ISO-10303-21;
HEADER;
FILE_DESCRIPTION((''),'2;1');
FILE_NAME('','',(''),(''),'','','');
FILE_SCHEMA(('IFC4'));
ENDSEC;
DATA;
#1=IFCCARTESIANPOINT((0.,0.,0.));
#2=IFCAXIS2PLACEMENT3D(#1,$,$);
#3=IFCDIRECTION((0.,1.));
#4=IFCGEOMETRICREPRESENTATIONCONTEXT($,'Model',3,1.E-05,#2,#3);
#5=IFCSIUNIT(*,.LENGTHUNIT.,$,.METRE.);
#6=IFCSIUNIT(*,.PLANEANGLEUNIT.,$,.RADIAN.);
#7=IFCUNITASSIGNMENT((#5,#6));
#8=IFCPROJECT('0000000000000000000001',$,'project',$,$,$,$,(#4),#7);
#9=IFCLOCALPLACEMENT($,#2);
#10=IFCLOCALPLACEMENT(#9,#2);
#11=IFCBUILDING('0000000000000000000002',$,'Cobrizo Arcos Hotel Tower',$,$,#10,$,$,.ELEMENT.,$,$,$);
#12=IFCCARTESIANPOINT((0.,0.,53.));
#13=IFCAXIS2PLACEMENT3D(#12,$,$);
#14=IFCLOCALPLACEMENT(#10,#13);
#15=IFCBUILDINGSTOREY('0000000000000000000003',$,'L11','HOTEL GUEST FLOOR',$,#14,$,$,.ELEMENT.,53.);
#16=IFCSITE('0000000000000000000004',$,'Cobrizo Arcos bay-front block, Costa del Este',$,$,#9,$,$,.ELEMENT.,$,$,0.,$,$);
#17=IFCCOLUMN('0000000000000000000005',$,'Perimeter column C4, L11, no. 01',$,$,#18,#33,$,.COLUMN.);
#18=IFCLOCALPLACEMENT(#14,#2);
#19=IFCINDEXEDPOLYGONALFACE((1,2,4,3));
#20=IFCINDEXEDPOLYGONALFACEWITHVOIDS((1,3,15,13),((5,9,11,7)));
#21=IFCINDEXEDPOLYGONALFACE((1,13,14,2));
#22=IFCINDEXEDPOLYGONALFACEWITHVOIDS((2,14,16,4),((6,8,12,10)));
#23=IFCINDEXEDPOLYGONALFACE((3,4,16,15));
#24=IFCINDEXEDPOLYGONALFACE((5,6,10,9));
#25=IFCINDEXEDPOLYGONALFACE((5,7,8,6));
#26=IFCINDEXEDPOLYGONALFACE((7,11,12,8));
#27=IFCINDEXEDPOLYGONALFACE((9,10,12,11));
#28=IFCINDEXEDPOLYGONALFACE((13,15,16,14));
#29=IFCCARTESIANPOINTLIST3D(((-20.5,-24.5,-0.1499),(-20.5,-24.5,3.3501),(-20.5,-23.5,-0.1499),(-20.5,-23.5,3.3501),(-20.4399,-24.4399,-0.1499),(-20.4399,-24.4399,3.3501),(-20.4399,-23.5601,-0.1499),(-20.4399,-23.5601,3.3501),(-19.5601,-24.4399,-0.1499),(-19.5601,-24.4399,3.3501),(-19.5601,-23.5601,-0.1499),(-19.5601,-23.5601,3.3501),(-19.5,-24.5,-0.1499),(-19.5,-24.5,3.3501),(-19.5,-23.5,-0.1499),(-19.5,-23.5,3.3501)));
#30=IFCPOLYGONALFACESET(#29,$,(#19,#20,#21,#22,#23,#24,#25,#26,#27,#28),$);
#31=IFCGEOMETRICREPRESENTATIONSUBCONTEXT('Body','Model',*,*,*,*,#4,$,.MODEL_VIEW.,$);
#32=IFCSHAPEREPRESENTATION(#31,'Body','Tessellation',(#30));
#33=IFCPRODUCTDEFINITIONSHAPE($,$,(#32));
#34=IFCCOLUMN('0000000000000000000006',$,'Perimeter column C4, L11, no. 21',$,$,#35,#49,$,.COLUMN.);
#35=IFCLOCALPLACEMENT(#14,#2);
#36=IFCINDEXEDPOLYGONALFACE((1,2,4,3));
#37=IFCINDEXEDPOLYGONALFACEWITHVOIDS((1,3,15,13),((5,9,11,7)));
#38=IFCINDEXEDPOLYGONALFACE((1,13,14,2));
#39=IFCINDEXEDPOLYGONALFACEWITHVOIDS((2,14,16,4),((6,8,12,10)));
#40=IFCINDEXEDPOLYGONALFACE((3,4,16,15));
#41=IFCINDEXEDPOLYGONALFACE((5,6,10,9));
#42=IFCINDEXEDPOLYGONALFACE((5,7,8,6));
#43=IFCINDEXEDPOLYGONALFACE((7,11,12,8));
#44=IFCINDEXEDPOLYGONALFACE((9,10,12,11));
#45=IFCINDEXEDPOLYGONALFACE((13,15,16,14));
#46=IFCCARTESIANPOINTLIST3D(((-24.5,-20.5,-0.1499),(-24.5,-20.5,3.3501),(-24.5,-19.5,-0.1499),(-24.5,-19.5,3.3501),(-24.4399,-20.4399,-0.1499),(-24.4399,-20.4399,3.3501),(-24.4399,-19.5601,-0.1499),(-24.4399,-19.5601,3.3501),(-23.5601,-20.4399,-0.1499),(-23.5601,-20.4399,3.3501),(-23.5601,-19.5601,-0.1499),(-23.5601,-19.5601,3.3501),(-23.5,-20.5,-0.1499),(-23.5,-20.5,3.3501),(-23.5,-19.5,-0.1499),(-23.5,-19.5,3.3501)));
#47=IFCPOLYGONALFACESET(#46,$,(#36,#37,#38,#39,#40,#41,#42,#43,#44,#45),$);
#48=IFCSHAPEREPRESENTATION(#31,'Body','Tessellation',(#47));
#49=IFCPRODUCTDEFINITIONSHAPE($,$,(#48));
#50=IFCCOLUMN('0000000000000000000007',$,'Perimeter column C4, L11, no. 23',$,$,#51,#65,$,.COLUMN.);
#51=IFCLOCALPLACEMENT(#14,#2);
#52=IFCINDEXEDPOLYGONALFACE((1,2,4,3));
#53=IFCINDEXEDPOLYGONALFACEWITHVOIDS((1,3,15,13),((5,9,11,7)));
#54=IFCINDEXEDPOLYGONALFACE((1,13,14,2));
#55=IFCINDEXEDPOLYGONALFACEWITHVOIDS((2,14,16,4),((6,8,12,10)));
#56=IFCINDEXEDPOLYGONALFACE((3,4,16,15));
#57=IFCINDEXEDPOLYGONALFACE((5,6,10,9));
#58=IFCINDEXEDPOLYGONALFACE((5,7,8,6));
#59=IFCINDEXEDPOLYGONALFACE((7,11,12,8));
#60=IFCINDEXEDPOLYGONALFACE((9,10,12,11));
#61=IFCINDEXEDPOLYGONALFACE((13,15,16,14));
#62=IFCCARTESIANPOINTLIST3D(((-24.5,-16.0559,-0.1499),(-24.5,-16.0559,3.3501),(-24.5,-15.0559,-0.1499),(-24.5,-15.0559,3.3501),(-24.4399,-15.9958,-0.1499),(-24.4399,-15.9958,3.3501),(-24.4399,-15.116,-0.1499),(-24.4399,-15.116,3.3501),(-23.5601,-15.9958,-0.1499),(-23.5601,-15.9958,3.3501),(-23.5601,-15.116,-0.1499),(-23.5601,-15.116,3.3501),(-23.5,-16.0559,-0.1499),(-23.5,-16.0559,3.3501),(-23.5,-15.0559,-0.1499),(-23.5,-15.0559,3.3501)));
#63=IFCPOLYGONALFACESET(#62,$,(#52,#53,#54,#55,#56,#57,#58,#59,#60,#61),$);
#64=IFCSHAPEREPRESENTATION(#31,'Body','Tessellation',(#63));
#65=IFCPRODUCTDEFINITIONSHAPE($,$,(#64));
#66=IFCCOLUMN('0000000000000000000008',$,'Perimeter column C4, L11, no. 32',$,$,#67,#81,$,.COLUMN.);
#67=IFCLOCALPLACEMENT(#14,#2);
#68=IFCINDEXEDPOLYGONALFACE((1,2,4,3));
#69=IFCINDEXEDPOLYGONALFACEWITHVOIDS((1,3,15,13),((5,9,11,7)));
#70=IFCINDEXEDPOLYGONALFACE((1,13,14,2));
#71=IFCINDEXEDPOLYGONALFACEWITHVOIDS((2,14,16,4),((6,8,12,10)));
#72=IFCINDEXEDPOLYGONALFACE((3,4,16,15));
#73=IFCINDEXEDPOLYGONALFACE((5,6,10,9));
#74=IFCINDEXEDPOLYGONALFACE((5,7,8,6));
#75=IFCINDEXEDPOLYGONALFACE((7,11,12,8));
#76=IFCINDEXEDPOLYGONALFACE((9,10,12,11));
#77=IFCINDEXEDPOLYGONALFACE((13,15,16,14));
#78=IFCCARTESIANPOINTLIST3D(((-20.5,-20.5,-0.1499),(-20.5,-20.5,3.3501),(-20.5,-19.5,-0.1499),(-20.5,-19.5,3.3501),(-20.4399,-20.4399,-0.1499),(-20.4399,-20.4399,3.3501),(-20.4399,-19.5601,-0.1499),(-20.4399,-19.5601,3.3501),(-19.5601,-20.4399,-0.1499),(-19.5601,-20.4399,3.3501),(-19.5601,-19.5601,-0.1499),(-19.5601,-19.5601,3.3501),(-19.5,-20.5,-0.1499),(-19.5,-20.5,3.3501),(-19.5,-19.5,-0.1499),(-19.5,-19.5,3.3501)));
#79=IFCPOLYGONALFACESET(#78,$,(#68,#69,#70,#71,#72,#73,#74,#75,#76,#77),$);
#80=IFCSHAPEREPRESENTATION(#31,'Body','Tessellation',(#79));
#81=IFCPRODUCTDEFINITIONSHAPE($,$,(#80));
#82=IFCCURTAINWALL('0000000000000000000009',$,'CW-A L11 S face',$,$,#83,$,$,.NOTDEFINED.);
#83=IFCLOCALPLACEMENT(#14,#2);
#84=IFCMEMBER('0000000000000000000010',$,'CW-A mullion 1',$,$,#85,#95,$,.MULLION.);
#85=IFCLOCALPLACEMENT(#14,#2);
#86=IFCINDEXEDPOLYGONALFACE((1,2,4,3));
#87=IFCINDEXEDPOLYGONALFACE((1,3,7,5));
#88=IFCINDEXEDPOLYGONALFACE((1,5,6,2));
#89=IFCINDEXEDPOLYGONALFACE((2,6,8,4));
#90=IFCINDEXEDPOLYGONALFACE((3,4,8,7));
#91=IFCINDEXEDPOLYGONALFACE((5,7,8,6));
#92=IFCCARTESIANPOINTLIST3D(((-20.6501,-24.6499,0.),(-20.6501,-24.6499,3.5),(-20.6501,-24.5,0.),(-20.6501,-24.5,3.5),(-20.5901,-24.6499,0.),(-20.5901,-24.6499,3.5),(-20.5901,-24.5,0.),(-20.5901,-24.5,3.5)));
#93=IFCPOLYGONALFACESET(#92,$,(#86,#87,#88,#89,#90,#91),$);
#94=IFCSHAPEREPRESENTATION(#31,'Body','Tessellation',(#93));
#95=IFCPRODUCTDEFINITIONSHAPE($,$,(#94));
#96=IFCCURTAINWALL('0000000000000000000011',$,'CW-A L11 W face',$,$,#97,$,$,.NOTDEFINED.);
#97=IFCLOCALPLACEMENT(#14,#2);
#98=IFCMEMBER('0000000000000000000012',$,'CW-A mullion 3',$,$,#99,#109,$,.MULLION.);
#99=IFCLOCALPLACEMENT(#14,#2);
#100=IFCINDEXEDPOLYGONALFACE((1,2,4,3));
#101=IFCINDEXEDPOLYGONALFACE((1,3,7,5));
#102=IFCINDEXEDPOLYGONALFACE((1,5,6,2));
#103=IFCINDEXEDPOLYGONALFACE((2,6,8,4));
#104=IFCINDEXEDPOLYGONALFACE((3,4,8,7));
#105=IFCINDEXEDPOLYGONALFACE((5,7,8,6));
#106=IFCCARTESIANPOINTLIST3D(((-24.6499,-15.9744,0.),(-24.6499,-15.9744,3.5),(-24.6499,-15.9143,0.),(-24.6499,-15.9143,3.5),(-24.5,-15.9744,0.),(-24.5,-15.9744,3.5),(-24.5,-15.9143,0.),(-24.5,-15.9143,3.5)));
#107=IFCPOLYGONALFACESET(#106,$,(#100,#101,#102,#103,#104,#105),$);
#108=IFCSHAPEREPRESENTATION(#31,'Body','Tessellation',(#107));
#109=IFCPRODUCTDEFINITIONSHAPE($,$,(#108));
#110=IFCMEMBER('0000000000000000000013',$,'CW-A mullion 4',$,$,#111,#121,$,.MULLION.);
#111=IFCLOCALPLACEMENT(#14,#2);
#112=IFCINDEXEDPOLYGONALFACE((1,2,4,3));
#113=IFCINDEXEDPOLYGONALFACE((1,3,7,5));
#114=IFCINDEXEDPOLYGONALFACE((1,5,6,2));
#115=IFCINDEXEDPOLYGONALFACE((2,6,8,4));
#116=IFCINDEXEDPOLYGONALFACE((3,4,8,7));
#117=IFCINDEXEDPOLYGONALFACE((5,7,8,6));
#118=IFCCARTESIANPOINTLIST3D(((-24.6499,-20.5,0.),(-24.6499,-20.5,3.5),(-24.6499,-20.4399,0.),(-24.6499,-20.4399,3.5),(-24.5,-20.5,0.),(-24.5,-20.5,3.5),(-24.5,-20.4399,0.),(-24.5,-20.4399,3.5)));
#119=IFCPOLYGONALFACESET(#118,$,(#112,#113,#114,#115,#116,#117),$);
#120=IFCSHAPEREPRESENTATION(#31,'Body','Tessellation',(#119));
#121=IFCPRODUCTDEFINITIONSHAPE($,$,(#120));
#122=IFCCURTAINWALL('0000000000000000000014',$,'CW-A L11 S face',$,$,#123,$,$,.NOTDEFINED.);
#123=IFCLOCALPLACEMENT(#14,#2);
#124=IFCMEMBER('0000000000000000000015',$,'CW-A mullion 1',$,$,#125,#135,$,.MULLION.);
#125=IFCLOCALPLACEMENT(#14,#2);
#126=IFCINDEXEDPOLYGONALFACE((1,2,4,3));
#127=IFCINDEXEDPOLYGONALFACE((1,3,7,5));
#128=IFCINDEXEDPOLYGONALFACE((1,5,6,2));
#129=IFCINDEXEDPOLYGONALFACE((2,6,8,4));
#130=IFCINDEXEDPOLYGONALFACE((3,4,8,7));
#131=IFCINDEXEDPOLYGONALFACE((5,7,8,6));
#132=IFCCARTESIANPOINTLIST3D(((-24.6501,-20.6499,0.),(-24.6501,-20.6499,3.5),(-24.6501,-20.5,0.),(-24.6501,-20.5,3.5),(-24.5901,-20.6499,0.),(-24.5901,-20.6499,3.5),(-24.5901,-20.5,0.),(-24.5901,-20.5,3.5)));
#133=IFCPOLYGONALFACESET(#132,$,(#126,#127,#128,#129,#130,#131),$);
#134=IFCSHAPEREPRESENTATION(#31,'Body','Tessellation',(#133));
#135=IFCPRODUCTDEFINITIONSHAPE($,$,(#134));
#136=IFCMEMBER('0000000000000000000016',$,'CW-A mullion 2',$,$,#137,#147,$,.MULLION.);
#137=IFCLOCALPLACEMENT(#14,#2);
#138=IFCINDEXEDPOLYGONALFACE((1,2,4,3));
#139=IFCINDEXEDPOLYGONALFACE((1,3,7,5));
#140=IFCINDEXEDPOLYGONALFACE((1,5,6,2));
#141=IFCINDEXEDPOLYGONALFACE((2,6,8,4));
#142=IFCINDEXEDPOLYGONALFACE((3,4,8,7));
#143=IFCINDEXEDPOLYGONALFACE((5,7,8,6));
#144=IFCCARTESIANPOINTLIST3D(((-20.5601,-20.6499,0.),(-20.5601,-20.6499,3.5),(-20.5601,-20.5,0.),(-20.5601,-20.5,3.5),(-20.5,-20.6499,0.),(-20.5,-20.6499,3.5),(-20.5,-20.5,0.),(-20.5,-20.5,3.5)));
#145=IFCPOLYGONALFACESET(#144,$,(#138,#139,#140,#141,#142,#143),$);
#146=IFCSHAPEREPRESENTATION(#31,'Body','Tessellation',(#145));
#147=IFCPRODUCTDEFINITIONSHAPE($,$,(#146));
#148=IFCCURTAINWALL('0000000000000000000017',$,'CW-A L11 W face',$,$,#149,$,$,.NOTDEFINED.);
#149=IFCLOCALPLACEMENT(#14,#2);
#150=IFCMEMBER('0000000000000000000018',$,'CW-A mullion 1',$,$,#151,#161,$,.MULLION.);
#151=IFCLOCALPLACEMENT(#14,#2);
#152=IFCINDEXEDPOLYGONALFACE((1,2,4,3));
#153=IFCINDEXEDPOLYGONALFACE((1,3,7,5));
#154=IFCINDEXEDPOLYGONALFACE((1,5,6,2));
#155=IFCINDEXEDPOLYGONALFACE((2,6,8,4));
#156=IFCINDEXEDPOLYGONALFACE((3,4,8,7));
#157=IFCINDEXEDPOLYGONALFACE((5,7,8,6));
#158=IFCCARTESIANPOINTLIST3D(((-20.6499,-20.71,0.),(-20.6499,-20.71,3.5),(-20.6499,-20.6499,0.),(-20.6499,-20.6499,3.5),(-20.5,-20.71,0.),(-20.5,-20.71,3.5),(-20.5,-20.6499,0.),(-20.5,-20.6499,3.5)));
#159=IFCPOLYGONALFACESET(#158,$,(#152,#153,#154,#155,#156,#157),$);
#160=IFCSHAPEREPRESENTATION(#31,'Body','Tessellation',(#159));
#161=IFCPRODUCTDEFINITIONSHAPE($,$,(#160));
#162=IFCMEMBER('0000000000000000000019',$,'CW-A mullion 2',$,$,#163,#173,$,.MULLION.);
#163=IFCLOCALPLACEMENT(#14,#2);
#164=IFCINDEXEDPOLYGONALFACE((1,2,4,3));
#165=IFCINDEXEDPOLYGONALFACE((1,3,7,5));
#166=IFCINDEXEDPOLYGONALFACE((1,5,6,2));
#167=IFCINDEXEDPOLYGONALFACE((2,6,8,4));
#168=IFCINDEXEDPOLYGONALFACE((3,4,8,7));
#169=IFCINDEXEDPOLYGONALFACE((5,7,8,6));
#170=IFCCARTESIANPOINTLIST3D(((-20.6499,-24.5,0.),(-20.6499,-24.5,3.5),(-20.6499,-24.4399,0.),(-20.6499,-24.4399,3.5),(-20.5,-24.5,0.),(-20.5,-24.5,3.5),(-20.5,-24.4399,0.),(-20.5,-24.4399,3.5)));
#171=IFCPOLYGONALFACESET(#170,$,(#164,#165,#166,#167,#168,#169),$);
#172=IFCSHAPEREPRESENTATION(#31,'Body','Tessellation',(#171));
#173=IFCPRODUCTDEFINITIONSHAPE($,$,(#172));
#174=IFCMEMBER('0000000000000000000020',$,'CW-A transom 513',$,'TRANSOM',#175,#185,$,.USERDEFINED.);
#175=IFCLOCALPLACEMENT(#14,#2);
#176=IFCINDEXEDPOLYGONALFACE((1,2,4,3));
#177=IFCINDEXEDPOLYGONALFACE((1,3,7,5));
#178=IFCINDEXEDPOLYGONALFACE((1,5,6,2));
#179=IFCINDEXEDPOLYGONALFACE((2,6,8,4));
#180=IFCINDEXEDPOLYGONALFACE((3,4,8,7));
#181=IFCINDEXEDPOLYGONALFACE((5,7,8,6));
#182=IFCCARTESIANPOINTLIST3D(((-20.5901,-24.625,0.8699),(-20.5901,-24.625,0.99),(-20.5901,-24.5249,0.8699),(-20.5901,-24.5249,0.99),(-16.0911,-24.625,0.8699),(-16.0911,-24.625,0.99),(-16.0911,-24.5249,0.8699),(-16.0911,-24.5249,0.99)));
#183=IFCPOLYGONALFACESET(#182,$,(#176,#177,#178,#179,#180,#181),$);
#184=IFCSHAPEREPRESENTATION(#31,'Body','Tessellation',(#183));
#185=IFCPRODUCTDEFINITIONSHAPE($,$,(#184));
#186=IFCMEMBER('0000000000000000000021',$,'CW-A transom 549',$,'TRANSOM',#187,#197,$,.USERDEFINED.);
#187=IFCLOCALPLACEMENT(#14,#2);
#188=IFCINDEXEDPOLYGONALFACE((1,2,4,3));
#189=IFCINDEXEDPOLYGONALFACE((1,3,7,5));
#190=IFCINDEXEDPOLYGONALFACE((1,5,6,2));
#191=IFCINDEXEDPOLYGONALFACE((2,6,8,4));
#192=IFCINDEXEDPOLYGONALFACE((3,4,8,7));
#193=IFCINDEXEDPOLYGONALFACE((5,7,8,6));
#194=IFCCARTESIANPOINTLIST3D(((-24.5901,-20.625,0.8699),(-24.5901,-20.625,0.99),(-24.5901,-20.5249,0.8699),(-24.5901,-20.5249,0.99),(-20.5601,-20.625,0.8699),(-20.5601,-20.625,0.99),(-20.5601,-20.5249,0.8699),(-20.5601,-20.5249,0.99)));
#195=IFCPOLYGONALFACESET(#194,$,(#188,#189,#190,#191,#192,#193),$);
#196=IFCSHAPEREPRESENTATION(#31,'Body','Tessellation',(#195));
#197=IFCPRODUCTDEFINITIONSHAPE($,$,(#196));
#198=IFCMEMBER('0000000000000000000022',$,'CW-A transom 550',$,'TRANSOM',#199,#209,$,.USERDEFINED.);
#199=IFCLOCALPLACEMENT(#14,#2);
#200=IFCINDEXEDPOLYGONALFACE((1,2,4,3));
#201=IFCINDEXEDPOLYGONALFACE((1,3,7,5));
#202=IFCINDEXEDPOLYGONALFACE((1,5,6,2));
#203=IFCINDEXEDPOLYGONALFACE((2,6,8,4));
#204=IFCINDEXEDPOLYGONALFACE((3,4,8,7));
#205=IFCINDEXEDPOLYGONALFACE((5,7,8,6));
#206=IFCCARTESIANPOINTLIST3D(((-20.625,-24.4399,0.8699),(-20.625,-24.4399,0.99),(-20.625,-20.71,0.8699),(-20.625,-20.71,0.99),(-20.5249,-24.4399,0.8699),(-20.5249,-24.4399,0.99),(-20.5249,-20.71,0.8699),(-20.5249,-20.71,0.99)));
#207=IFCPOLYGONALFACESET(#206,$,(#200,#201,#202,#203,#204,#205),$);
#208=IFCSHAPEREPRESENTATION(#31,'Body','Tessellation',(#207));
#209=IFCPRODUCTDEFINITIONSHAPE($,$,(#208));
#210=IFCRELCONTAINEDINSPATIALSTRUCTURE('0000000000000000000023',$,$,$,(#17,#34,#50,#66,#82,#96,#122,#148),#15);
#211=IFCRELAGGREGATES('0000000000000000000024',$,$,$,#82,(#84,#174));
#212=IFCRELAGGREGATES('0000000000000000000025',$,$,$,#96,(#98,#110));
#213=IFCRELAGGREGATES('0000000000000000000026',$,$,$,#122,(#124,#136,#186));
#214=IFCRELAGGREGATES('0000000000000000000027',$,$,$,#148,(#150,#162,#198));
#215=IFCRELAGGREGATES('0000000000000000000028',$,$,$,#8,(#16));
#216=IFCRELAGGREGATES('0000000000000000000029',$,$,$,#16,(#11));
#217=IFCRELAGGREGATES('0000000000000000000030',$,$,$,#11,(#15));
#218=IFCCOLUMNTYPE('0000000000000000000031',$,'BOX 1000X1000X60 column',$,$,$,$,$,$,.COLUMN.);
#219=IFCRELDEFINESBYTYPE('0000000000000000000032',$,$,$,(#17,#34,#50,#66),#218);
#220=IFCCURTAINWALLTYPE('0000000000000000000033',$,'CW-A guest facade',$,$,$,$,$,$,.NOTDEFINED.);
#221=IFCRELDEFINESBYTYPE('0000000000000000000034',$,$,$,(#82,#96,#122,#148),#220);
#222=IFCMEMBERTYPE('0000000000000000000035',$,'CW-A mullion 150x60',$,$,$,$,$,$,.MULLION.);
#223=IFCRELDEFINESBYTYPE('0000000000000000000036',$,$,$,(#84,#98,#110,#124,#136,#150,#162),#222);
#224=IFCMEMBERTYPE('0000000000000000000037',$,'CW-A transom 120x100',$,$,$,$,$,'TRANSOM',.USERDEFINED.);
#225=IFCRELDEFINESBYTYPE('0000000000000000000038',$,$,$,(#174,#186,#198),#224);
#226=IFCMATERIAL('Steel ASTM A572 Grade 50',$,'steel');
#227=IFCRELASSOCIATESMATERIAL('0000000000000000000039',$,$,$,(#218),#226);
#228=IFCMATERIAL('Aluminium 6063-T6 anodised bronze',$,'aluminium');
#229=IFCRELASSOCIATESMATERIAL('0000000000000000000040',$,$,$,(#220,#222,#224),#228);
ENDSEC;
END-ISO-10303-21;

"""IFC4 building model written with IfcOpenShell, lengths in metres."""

from ifc_helpers import new_model, si_unit, direction, frame, origin, origin_2d, place, context, subcontext, project, spatial, rectangle, hollow_rectangle, extrude, material, material_profile, profile_set, type_object, element, aggregate, save


model = new_model("IFC4")

# Units and contexts
model_context = context("Model", 3, precision=1e-05, world=origin(), true_north=direction((0.0, 1.0)))
body_context = subcontext(model_context, "Body", "Model", "MODEL_VIEW")
ifc_project = project(units=[si_unit("LENGTHUNIT", "METRE"), si_unit("PLANEANGLEUNIT", "RADIAN")], contexts=[model_context])

# Site, building, storey
site_placement = place(None, origin())
site = spatial("IfcSite", under=ifc_project, at=site_placement, Name="Cobrizo Arcos bay-front block, Costa del Este", CompositionType="ELEMENT", RefElevation=0.0)
building_placement = place(site_placement, origin())
building = spatial("IfcBuilding", under=site, at=building_placement, Name="Cobrizo Arcos Hotel Tower", CompositionType="ELEMENT")
storey_placement = place(building_placement, frame((0.0, 0.0, 53.0)))
storey = spatial("IfcBuildingStorey", under=building, at=storey_placement, Name="L11", Description="HOTEL GUEST FLOOR", CompositionType="ELEMENT", Elevation=53.0)

# Columns
ifc_material_1 = material(Name="Steel ASTM A572 Grade 50", Category="steel")
ifc_material_profile_1 = material_profile(ifc_material_1, hollow_rectangle(XDim=1.0, YDim=1.0, WallThickness=0.0601, at=origin_2d()), Name="BOX 1000X1000X60")
ifc_profile_set_1 = profile_set([ifc_material_profile_1], Name="Steel ASTM A572 Grade 50")
column_type = type_object("IfcColumnType", Name="BOX 1000X1000X60 column", PredefinedType="COLUMN", material=ifc_profile_set_1)
for number, where, z_axis, x_axis, name in (
    (1, (-20.0, -24.0, -0.1499), (0.0, 0.0, 1.0), (1.0, 0.0, 0.0), "Perimeter column C4, L11, no. 01"),
    (2, (-24.0, -20.0, -0.1499), (0.0, 0.0, 1.0), (1.0, 0.0, 0.0), "Perimeter column C4, L11, no. 21"),
    (3, (-24.0, -15.5559, -0.1499), (0.0, 0.0, 1.0), (1.0, 0.0, 0.0), "Perimeter column C4, L11, no. 23"),
    (4, (-20.0, -20.0, -0.1499), (0.0, 0.0, 1.0), (1.0, 0.0, 0.0), "Perimeter column C4, L11, no. 32"),
):
    element("IfcColumn", number, at=place(storey_placement, frame(where, z_axis=z_axis, x_axis=x_axis)), inside=storey, type_object=column_type, Name=name, PredefinedType="COLUMN", context=body_context, shape_type="SweptSolid", body=[
        extrude(hollow_rectangle(XDim=1.0, YDim=1.0, WallThickness=0.0601, at=origin_2d()), origin(), (0.0, 0.0, 1.0), 3.5),
    ])

# Curtain wall, member
ifc_material_2 = material(Name="Aluminium 6063-T6 anodised bronze", Category="aluminium")
curtain_wall_type = type_object("IfcCurtainWallType", Name="CW-A guest facade", PredefinedType="NOTDEFINED", material=ifc_material_2)
curtain_wall_1_placement = place(storey_placement, origin())
curtain_wall_1 = element("IfcCurtainWall", 5, at=curtain_wall_1_placement, inside=storey, type_object=curtain_wall_type, Name="CW-A L11 S face", PredefinedType="NOTDEFINED")
ifc_material_profile_2 = material_profile(ifc_material_2, rectangle(XDim=0.1499, YDim=0.0601, at=origin_2d()), Name="CW-A mullion 150x60")
ifc_profile_set_2 = profile_set([ifc_material_profile_2], Name="Aluminium 6063-T6 anodised bronze")
member_type_1 = type_object("IfcMemberType", Name="CW-A mullion 150x60", PredefinedType="MULLION", material=ifc_profile_set_2)
member_1_placement = place(storey_placement, frame((-20.6201, -24.575, 0.0), z_axis=(0.0, 0.0, 1.0), x_axis=(0.0, -1.0, 0.0)))
member_1 = element("IfcMember", 6, at=member_1_placement, type_object=member_type_1, Name="CW-A mullion 1", PredefinedType="MULLION", context=body_context, shape_type="SweptSolid", body=[
    extrude(rectangle(XDim=0.1499, YDim=0.0601, at=origin_2d()), origin(), (0.0, 0.0, 1.0), 3.5),
])

# Curtain walls, members
curtain_wall_2_placement = place(storey_placement, origin())
curtain_wall_2 = element("IfcCurtainWall", 7, at=curtain_wall_2_placement, inside=storey, type_object=curtain_wall_type, Name="CW-A L11 W face", PredefinedType="NOTDEFINED")
member_2_placement = place(storey_placement, frame((-24.575, -15.9443, 0.0), z_axis=(0.0, 0.0, 1.0), x_axis=(-1.0, 0.0, 0.0)))
member_2 = element("IfcMember", 8, at=member_2_placement, type_object=member_type_1, Name="CW-A mullion 3", PredefinedType="MULLION", context=body_context, shape_type="SweptSolid", body=[
    extrude(rectangle(XDim=0.1499, YDim=0.0601, at=origin_2d()), origin(), (0.0, 0.0, 1.0), 3.5),
])
member_3_placement = place(storey_placement, frame((-24.575, -20.47, 0.0), z_axis=(0.0, 0.0, 1.0), x_axis=(-1.0, 0.0, 0.0)))
member_3 = element("IfcMember", 9, at=member_3_placement, type_object=member_type_1, Name="CW-A mullion 4", PredefinedType="MULLION", context=body_context, shape_type="SweptSolid", body=[
    extrude(rectangle(XDim=0.1499, YDim=0.0601, at=origin_2d()), origin(), (0.0, 0.0, 1.0), 3.5),
])
curtain_wall_3_placement = place(storey_placement, origin())
curtain_wall_3 = element("IfcCurtainWall", 10, at=curtain_wall_3_placement, inside=storey, type_object=curtain_wall_type, Name="CW-A L11 S face", PredefinedType="NOTDEFINED")
member_4_placement = place(storey_placement, frame((-24.6201, -20.575, 0.0), z_axis=(0.0, 0.0, 1.0), x_axis=(0.0, -1.0, 0.0)))
member_4 = element("IfcMember", 11, at=member_4_placement, type_object=member_type_1, Name="CW-A mullion 1", PredefinedType="MULLION", context=body_context, shape_type="SweptSolid", body=[
    extrude(rectangle(XDim=0.1499, YDim=0.0601, at=origin_2d()), origin(), (0.0, 0.0, 1.0), 3.5),
])
member_5_placement = place(storey_placement, frame((-20.53, -20.575, 0.0), z_axis=(0.0, 0.0, 1.0), x_axis=(0.0, -1.0, 0.0)))
member_5 = element("IfcMember", 12, at=member_5_placement, type_object=member_type_1, Name="CW-A mullion 2", PredefinedType="MULLION", context=body_context, shape_type="SweptSolid", body=[
    extrude(rectangle(XDim=0.1499, YDim=0.0601, at=origin_2d()), origin(), (0.0, 0.0, 1.0), 3.5),
])
curtain_wall_4_placement = place(storey_placement, origin())
curtain_wall_4 = element("IfcCurtainWall", 13, at=curtain_wall_4_placement, inside=storey, type_object=curtain_wall_type, Name="CW-A L11 W face", PredefinedType="NOTDEFINED")
member_6_placement = place(storey_placement, frame((-20.575, -20.6799, 0.0), z_axis=(0.0, 0.0, 1.0), x_axis=(-1.0, 0.0, 0.0)))
member_6 = element("IfcMember", 14, at=member_6_placement, type_object=member_type_1, Name="CW-A mullion 1", PredefinedType="MULLION", context=body_context, shape_type="SweptSolid", body=[
    extrude(rectangle(XDim=0.1499, YDim=0.0601, at=origin_2d()), origin(), (0.0, 0.0, 1.0), 3.5),
])
member_7_placement = place(storey_placement, frame((-20.575, -24.47, 0.0), z_axis=(0.0, 0.0, 1.0), x_axis=(-1.0, 0.0, 0.0)))
member_7 = element("IfcMember", 15, at=member_7_placement, type_object=member_type_1, Name="CW-A mullion 2", PredefinedType="MULLION", context=body_context, shape_type="SweptSolid", body=[
    extrude(rectangle(XDim=0.1499, YDim=0.0601, at=origin_2d()), origin(), (0.0, 0.0, 1.0), 3.5),
])

# Members
ifc_material_profile_3 = material_profile(ifc_material_2, rectangle(XDim=0.1001, YDim=0.1201, at=origin_2d()), Name="CW-A transom 120x100")
ifc_profile_set_3 = profile_set([ifc_material_profile_3], Name="Aluminium 6063-T6 anodised bronze")
member_type_2 = type_object("IfcMemberType", Name="CW-A transom 120x100", ElementType="TRANSOM", PredefinedType="USERDEFINED", material=ifc_profile_set_3)
member_8_placement = place(storey_placement, frame((-20.5901, -24.575, 0.9299), z_axis=(1.0, 0.0, 0.0), x_axis=(0.0, 1.0, 0.0)))
member_8 = element("IfcMember", 16, at=member_8_placement, type_object=member_type_2, Name="CW-A transom 513", ObjectType="TRANSOM", PredefinedType="USERDEFINED", context=body_context, shape_type="SweptSolid", body=[
    extrude(rectangle(XDim=0.1001, YDim=0.1201, at=origin_2d()), origin(), (0.0, 0.0, 1.0), 4.499),
])
member_9_placement = place(storey_placement, frame((-24.5901, -20.575, 0.9299), z_axis=(1.0, 0.0, 0.0), x_axis=(0.0, 1.0, 0.0)))
member_9 = element("IfcMember", 17, at=member_9_placement, type_object=member_type_2, Name="CW-A transom 549", ObjectType="TRANSOM", PredefinedType="USERDEFINED", context=body_context, shape_type="SweptSolid", body=[
    extrude(rectangle(XDim=0.1001, YDim=0.1201, at=origin_2d()), origin(), (0.0, 0.0, 1.0), 4.03),
])
member_10_placement = place(storey_placement, frame((-20.575, -20.71, 0.9299), z_axis=(0.0, -1.0, 0.0), x_axis=(1.0, 0.0, 0.0)))
member_10 = element("IfcMember", 18, at=member_10_placement, type_object=member_type_2, Name="CW-A transom 550", ObjectType="TRANSOM", PredefinedType="USERDEFINED", context=body_context, shape_type="SweptSolid", body=[
    extrude(rectangle(XDim=0.1001, YDim=0.1201, at=origin_2d()), origin(), (0.0, 0.0, 1.0), 3.73),
])

aggregate(curtain_wall_1, [member_1, member_8])
aggregate(curtain_wall_2, [member_2, member_3])
aggregate(curtain_wall_3, [member_4, member_5, member_9])
aggregate(curtain_wall_4, [member_6, member_7, member_10])

save(model, "model.ifc")
